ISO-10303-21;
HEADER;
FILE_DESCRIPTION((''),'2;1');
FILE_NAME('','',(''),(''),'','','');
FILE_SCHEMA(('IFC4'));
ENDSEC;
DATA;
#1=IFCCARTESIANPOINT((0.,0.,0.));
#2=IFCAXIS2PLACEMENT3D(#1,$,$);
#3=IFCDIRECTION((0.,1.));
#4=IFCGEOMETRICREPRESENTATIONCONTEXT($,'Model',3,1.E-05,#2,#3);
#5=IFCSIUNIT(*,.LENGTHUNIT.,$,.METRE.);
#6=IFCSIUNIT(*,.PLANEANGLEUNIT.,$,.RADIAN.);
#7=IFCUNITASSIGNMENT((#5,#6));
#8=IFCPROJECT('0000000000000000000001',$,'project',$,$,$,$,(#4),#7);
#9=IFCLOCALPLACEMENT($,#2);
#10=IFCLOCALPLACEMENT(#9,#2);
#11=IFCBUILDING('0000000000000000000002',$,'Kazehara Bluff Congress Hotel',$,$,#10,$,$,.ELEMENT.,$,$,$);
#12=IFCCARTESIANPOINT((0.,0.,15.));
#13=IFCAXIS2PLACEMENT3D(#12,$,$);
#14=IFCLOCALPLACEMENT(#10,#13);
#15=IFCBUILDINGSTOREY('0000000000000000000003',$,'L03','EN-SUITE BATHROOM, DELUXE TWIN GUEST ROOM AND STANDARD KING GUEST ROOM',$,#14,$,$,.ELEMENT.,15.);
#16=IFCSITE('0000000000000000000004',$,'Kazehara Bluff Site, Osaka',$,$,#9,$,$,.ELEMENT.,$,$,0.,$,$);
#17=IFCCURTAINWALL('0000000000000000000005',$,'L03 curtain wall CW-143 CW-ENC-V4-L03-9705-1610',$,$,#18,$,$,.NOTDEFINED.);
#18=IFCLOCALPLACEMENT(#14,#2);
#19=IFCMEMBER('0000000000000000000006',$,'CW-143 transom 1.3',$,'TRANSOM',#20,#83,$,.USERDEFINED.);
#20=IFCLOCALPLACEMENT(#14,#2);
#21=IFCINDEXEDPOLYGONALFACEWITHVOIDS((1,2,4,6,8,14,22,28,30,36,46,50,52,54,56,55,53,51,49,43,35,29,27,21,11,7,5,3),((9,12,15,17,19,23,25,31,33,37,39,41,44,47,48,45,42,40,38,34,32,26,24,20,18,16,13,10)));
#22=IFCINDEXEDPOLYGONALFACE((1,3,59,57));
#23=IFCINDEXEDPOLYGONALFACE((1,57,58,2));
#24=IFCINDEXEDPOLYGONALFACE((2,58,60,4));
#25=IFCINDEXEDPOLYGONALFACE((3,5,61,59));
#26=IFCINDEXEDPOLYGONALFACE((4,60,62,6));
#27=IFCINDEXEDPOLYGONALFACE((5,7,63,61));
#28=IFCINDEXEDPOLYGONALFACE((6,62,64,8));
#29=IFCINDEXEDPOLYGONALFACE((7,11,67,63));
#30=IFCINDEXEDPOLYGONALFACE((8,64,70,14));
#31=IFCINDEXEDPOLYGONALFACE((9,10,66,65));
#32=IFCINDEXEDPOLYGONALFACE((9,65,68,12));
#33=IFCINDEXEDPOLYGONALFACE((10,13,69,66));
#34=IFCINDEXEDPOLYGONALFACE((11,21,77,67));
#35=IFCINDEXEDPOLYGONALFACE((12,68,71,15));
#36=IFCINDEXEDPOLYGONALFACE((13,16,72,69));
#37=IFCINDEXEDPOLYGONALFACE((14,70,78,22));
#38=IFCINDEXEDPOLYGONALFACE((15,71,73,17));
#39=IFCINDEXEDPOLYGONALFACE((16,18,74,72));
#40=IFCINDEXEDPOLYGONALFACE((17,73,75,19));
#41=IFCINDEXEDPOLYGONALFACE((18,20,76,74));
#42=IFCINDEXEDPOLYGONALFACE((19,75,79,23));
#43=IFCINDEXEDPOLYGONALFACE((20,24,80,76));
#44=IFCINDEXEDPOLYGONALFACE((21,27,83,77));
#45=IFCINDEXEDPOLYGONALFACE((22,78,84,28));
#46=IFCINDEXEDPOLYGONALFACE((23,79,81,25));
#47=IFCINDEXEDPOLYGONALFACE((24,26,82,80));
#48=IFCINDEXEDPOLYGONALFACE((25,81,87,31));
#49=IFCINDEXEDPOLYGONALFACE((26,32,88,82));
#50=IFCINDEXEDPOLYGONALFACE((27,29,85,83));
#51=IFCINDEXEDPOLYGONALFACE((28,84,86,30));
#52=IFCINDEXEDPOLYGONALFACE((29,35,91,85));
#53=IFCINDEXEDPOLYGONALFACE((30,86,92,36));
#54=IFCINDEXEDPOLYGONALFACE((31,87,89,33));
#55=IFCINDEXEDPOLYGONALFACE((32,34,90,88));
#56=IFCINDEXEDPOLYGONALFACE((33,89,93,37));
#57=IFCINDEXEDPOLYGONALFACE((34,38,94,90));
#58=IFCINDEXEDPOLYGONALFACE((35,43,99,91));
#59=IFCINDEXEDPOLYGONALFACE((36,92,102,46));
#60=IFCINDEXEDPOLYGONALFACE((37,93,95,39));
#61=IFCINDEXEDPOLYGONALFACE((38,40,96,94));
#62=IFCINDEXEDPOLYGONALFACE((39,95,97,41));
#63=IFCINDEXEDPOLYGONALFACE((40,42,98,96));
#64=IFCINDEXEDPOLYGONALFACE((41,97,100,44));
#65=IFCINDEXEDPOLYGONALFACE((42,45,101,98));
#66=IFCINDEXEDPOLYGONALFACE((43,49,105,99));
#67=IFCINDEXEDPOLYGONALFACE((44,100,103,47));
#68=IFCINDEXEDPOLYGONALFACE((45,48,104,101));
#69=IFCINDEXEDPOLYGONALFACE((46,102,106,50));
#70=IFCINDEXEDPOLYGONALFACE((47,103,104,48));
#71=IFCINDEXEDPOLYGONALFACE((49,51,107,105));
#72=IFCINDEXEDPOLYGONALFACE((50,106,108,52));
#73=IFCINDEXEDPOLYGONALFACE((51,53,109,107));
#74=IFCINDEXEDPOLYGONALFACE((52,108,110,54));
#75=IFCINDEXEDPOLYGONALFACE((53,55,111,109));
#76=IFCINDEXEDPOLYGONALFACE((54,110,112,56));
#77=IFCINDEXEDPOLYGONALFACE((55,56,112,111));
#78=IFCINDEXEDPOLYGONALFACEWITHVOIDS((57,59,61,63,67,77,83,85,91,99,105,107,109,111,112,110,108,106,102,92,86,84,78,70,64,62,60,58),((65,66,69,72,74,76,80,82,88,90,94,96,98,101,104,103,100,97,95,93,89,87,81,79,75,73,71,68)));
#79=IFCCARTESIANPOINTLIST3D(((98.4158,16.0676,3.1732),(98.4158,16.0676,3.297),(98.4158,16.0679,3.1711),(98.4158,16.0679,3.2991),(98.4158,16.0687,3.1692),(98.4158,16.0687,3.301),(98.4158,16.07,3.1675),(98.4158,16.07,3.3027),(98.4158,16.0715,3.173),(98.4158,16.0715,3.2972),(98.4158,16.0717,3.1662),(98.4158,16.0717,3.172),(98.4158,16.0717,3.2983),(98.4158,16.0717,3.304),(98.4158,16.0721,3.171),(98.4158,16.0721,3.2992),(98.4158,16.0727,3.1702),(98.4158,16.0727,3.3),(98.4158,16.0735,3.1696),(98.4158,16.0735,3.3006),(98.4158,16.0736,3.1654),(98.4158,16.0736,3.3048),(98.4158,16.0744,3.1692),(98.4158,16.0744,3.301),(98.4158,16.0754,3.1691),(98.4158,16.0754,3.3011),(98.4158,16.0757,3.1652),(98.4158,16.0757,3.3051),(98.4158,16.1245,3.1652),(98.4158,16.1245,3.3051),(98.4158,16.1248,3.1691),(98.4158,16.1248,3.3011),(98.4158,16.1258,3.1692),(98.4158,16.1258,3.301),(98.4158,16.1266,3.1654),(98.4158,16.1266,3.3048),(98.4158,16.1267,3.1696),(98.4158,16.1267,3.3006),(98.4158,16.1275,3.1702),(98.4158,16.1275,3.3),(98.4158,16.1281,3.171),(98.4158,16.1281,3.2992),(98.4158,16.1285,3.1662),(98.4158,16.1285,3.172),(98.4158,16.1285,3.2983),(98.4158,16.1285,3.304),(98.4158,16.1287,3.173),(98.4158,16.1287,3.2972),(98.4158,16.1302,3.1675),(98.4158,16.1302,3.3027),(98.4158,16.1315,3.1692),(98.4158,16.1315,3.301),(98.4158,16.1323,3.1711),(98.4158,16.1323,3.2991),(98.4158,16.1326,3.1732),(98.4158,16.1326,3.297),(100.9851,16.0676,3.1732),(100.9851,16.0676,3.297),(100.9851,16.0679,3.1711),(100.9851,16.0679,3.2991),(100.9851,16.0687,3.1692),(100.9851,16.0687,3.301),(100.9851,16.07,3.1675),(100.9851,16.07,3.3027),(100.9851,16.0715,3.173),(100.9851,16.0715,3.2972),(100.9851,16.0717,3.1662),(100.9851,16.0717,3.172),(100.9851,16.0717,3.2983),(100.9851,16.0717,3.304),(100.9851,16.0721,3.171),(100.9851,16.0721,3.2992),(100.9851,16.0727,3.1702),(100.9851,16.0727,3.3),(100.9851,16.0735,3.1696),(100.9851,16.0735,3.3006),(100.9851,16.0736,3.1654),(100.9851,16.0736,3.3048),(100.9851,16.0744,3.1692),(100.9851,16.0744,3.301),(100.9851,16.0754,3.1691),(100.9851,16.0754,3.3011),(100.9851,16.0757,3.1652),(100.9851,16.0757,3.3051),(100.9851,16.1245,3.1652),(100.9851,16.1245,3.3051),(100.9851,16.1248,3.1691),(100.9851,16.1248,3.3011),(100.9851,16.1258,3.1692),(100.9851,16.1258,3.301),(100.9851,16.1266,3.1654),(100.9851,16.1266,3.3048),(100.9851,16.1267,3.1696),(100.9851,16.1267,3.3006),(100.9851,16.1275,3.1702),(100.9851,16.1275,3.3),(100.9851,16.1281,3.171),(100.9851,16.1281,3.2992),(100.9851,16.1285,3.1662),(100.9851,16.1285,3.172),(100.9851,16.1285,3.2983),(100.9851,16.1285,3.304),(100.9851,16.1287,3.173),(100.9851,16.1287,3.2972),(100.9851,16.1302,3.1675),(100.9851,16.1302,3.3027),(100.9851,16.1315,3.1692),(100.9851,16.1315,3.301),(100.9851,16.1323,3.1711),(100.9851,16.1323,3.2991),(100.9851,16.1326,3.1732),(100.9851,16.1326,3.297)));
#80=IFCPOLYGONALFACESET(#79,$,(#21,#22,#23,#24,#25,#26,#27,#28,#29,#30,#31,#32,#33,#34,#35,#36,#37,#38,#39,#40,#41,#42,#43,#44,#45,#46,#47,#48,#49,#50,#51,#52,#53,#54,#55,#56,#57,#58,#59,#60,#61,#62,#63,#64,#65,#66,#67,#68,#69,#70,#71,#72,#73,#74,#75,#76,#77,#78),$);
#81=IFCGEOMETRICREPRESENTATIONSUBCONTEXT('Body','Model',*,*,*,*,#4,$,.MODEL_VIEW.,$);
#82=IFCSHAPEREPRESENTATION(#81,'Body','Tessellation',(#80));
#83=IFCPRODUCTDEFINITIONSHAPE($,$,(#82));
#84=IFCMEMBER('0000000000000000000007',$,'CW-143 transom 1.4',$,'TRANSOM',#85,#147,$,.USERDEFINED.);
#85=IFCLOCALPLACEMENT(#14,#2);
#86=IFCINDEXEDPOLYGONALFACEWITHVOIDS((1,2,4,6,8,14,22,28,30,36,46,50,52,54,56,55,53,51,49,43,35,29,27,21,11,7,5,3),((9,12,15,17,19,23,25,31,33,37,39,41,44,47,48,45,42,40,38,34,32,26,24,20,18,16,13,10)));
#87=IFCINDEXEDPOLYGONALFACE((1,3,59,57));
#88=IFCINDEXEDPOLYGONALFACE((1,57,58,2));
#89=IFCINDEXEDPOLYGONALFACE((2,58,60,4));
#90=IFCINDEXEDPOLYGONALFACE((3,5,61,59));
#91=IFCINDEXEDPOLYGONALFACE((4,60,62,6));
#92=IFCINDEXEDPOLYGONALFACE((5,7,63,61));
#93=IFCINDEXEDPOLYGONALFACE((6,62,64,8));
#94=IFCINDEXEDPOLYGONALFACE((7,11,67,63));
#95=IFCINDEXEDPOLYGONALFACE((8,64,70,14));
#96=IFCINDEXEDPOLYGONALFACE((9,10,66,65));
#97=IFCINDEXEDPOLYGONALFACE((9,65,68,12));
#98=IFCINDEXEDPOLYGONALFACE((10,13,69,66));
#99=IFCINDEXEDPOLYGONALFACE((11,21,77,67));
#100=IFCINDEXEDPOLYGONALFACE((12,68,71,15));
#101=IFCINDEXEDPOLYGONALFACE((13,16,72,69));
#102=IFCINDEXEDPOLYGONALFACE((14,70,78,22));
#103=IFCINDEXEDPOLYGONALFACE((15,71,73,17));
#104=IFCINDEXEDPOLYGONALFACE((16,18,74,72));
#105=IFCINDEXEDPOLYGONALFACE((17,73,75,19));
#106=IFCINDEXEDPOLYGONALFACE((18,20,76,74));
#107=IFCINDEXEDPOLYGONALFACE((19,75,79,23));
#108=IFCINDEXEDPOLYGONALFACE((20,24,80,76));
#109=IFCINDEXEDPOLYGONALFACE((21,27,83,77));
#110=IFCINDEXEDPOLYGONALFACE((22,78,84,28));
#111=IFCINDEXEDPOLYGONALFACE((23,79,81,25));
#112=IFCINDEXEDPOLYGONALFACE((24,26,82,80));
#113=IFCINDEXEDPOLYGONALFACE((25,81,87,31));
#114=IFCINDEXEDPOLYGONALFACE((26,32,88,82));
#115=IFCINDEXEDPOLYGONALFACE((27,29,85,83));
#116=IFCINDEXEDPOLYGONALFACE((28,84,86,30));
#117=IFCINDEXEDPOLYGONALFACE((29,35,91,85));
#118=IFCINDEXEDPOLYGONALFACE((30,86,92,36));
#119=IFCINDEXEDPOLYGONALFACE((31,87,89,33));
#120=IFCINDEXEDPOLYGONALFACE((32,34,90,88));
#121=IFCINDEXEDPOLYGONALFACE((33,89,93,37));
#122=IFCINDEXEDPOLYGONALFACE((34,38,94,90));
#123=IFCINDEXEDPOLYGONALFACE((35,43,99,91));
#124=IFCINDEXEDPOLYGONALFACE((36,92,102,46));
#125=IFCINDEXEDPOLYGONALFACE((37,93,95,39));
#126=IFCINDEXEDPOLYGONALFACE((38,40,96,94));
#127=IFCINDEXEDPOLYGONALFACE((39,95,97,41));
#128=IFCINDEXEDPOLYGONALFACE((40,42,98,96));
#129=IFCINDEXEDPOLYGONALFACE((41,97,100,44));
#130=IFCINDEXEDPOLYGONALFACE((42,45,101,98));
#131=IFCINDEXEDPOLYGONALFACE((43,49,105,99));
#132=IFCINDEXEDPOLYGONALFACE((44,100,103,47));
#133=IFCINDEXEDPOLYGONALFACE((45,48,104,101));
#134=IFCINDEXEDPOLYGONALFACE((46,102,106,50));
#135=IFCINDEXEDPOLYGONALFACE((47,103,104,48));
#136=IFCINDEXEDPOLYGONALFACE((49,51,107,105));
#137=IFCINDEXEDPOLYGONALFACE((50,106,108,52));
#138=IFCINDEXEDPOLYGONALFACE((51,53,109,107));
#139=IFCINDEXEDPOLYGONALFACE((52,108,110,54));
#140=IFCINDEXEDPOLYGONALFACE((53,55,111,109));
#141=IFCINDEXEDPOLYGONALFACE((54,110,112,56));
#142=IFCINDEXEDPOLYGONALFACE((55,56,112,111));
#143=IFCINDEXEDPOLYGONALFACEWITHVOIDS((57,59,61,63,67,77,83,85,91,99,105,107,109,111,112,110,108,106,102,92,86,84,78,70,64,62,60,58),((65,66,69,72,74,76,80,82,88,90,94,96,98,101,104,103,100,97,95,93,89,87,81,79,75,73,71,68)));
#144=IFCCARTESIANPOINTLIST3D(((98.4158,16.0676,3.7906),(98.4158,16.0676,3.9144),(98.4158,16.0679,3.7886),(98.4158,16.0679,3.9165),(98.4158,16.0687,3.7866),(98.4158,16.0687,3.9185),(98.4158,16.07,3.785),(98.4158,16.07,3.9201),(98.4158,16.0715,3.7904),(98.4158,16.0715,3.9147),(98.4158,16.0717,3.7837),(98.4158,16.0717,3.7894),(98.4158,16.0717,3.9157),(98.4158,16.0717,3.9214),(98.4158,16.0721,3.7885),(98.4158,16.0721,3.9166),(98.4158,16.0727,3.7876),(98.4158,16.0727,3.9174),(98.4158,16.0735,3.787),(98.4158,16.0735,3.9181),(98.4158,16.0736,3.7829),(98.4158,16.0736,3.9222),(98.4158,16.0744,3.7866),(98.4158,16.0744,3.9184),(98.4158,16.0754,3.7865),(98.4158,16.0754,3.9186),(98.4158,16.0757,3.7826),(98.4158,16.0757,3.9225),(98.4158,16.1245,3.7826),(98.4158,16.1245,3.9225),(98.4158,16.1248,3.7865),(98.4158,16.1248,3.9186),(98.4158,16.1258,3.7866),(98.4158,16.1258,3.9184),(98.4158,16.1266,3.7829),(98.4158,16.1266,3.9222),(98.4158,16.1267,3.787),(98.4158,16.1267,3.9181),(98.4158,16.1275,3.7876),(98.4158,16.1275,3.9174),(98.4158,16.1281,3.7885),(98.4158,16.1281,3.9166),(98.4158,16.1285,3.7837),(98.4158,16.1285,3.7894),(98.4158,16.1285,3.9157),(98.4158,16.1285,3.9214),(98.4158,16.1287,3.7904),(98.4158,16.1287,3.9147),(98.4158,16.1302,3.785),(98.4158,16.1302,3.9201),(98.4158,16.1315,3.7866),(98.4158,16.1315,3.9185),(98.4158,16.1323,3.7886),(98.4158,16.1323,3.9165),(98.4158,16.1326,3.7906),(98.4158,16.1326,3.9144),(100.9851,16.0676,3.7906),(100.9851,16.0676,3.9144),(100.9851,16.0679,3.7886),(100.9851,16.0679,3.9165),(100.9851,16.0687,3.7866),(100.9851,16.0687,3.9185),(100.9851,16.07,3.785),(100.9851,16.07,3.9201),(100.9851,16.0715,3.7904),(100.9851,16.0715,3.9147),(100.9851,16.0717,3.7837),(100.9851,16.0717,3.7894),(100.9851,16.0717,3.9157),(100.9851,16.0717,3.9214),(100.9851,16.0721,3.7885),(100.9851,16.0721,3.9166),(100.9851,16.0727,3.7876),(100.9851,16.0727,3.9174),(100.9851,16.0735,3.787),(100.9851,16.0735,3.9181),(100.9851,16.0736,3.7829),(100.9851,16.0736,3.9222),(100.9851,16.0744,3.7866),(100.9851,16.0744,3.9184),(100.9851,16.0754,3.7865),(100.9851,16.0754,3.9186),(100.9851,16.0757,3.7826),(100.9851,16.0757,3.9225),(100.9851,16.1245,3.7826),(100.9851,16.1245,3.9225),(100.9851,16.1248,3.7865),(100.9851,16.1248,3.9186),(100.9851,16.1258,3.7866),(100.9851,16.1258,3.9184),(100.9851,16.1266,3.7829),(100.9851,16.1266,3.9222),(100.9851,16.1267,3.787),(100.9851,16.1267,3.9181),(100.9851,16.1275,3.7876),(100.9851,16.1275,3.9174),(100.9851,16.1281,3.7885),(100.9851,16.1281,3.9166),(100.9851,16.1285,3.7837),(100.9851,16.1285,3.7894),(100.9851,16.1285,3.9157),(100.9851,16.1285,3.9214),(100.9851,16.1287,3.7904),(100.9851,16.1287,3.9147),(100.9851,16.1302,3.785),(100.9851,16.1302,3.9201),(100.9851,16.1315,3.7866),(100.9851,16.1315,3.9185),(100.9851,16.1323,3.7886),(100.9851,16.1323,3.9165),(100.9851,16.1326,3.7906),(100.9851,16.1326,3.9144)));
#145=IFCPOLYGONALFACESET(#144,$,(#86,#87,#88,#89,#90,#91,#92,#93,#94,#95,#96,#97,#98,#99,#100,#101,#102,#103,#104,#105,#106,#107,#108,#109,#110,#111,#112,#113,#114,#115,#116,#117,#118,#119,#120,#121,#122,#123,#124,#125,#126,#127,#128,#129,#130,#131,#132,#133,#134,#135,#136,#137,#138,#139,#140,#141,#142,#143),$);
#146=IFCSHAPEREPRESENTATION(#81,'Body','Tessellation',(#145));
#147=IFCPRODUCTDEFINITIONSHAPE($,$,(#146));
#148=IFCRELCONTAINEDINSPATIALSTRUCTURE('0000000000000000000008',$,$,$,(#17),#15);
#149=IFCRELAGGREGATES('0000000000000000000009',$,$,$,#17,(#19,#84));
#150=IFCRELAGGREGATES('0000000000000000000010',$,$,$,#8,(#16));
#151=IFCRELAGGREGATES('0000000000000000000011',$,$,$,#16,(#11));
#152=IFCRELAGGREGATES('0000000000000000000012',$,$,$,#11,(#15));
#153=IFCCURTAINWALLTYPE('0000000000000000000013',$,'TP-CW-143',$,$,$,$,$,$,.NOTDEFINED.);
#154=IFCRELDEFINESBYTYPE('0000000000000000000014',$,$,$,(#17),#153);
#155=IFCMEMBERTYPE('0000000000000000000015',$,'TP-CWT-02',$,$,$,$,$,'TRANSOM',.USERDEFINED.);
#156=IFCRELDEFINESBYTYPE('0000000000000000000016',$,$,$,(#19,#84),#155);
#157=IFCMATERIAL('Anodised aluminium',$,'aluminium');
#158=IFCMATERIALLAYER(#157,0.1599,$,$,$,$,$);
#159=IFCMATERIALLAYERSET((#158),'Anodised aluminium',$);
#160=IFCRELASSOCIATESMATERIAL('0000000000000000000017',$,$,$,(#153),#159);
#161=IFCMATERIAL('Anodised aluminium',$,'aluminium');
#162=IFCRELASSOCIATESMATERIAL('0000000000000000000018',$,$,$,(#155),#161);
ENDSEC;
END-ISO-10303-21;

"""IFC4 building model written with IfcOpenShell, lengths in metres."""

from ifc_helpers import new_model, si_unit, direction, frame, origin, origin_2d, place, context, subcontext, project, spatial, hollow_rectangle, extrude, material, layer, layer_set, material_profile, profile_set, type_object, element, aggregate, save


model = new_model("IFC4")

# Units and contexts
model_context = context("Model", 3, precision=1e-05, world=origin(), true_north=direction((0.0, 1.0)))
body_context = subcontext(model_context, "Body", "Model", "MODEL_VIEW")
ifc_project = project(units=[si_unit("LENGTHUNIT", "METRE"), si_unit("PLANEANGLEUNIT", "RADIAN")], contexts=[model_context])

# Site, building, storey
site_placement = place(None, origin())
site = spatial("IfcSite", under=ifc_project, at=site_placement, Name="Kazehara Bluff Site, Osaka", CompositionType="ELEMENT", RefElevation=0.0)
building_placement = place(site_placement, origin())
building = spatial("IfcBuilding", under=site, at=building_placement, Name="Kazehara Bluff Congress Hotel", CompositionType="ELEMENT")
storey_placement = place(building_placement, frame((0.0, 0.0, 15.0)))
storey = spatial("IfcBuildingStorey", under=building, at=storey_placement, Name="L03", Description="EN-SUITE BATHROOM, DELUXE TWIN GUEST ROOM AND STANDARD KING GUEST ROOM", CompositionType="ELEMENT", Elevation=15.0)

# Curtain wall
ifc_material_1 = material(Name="Anodised aluminium", Category="aluminium")
ifc_layer_1 = layer(ifc_material_1, 0.1599)
ifc_layer_set_1 = layer_set([ifc_layer_1], Name="Anodised aluminium")
curtain_wall_type_1 = type_object("IfcCurtainWallType", Name="TP-CW-143", PredefinedType="NOTDEFINED", material=ifc_layer_set_1)
curtain_wall_1_placement = place(storey_placement, origin())
curtain_wall_1 = element("IfcCurtainWall", 1, at=curtain_wall_1_placement, inside=storey, type_object=curtain_wall_type_1, Name="L03 curtain wall CW-143 CW-ENC-V4-L03-9705-1610", PredefinedType="NOTDEFINED")

# Members
ifc_material_2 = material(Name="Anodised aluminium", Category="aluminium")
ifc_material_profile_1 = material_profile(ifc_material_2, hollow_rectangle(XDim=0.0649, YDim=0.1399, WallThickness=0.0039, InnerFilletRadius=0.0039, OuterFilletRadius=0.0081, at=origin_2d()))
ifc_profile_set_1 = profile_set([ifc_material_profile_1], Name="Anodised aluminium")
member_type_1 = type_object("IfcMemberType", Name="TP-CWT-02", ElementType="TRANSOM", PredefinedType="USERDEFINED", material=ifc_profile_set_1)
member_1_placement = place(storey_placement, frame((100.9851, 16.1001, 3.2351), z_axis=(-1.0, 0.0, 0.0), x_axis=(0.0, -1.0, 0.0)))
member_1 = element("IfcMember", 2, at=member_1_placement, type_object=member_type_1, Name="CW-143 transom 1.3", ObjectType="TRANSOM", PredefinedType="USERDEFINED", context=body_context, shape_type="SweptSolid", body=[
    extrude(hollow_rectangle(XDim=0.0649, YDim=0.1399, WallThickness=0.0039, InnerFilletRadius=0.0039, OuterFilletRadius=0.0081, at=origin_2d()), origin(), (0.0, 0.0, 1.0), 2.5693),
])
member_2_placement = place(storey_placement, frame((100.9851, 16.1001, 3.8525), z_axis=(-1.0, 0.0, 0.0), x_axis=(0.0, -1.0, 0.0)))
member_2 = element("IfcMember", 3, at=member_2_placement, type_object=member_type_1, Name="CW-143 transom 1.4", ObjectType="TRANSOM", PredefinedType="USERDEFINED", context=body_context, shape_type="SweptSolid", body=[
    extrude(hollow_rectangle(XDim=0.0649, YDim=0.1399, WallThickness=0.0039, InnerFilletRadius=0.0039, OuterFilletRadius=0.0081, at=origin_2d()), origin(), (0.0, 0.0, 1.0), 2.5693),
])

aggregate(curtain_wall_1, [member_1, member_2])

save(model, "model.ifc")
